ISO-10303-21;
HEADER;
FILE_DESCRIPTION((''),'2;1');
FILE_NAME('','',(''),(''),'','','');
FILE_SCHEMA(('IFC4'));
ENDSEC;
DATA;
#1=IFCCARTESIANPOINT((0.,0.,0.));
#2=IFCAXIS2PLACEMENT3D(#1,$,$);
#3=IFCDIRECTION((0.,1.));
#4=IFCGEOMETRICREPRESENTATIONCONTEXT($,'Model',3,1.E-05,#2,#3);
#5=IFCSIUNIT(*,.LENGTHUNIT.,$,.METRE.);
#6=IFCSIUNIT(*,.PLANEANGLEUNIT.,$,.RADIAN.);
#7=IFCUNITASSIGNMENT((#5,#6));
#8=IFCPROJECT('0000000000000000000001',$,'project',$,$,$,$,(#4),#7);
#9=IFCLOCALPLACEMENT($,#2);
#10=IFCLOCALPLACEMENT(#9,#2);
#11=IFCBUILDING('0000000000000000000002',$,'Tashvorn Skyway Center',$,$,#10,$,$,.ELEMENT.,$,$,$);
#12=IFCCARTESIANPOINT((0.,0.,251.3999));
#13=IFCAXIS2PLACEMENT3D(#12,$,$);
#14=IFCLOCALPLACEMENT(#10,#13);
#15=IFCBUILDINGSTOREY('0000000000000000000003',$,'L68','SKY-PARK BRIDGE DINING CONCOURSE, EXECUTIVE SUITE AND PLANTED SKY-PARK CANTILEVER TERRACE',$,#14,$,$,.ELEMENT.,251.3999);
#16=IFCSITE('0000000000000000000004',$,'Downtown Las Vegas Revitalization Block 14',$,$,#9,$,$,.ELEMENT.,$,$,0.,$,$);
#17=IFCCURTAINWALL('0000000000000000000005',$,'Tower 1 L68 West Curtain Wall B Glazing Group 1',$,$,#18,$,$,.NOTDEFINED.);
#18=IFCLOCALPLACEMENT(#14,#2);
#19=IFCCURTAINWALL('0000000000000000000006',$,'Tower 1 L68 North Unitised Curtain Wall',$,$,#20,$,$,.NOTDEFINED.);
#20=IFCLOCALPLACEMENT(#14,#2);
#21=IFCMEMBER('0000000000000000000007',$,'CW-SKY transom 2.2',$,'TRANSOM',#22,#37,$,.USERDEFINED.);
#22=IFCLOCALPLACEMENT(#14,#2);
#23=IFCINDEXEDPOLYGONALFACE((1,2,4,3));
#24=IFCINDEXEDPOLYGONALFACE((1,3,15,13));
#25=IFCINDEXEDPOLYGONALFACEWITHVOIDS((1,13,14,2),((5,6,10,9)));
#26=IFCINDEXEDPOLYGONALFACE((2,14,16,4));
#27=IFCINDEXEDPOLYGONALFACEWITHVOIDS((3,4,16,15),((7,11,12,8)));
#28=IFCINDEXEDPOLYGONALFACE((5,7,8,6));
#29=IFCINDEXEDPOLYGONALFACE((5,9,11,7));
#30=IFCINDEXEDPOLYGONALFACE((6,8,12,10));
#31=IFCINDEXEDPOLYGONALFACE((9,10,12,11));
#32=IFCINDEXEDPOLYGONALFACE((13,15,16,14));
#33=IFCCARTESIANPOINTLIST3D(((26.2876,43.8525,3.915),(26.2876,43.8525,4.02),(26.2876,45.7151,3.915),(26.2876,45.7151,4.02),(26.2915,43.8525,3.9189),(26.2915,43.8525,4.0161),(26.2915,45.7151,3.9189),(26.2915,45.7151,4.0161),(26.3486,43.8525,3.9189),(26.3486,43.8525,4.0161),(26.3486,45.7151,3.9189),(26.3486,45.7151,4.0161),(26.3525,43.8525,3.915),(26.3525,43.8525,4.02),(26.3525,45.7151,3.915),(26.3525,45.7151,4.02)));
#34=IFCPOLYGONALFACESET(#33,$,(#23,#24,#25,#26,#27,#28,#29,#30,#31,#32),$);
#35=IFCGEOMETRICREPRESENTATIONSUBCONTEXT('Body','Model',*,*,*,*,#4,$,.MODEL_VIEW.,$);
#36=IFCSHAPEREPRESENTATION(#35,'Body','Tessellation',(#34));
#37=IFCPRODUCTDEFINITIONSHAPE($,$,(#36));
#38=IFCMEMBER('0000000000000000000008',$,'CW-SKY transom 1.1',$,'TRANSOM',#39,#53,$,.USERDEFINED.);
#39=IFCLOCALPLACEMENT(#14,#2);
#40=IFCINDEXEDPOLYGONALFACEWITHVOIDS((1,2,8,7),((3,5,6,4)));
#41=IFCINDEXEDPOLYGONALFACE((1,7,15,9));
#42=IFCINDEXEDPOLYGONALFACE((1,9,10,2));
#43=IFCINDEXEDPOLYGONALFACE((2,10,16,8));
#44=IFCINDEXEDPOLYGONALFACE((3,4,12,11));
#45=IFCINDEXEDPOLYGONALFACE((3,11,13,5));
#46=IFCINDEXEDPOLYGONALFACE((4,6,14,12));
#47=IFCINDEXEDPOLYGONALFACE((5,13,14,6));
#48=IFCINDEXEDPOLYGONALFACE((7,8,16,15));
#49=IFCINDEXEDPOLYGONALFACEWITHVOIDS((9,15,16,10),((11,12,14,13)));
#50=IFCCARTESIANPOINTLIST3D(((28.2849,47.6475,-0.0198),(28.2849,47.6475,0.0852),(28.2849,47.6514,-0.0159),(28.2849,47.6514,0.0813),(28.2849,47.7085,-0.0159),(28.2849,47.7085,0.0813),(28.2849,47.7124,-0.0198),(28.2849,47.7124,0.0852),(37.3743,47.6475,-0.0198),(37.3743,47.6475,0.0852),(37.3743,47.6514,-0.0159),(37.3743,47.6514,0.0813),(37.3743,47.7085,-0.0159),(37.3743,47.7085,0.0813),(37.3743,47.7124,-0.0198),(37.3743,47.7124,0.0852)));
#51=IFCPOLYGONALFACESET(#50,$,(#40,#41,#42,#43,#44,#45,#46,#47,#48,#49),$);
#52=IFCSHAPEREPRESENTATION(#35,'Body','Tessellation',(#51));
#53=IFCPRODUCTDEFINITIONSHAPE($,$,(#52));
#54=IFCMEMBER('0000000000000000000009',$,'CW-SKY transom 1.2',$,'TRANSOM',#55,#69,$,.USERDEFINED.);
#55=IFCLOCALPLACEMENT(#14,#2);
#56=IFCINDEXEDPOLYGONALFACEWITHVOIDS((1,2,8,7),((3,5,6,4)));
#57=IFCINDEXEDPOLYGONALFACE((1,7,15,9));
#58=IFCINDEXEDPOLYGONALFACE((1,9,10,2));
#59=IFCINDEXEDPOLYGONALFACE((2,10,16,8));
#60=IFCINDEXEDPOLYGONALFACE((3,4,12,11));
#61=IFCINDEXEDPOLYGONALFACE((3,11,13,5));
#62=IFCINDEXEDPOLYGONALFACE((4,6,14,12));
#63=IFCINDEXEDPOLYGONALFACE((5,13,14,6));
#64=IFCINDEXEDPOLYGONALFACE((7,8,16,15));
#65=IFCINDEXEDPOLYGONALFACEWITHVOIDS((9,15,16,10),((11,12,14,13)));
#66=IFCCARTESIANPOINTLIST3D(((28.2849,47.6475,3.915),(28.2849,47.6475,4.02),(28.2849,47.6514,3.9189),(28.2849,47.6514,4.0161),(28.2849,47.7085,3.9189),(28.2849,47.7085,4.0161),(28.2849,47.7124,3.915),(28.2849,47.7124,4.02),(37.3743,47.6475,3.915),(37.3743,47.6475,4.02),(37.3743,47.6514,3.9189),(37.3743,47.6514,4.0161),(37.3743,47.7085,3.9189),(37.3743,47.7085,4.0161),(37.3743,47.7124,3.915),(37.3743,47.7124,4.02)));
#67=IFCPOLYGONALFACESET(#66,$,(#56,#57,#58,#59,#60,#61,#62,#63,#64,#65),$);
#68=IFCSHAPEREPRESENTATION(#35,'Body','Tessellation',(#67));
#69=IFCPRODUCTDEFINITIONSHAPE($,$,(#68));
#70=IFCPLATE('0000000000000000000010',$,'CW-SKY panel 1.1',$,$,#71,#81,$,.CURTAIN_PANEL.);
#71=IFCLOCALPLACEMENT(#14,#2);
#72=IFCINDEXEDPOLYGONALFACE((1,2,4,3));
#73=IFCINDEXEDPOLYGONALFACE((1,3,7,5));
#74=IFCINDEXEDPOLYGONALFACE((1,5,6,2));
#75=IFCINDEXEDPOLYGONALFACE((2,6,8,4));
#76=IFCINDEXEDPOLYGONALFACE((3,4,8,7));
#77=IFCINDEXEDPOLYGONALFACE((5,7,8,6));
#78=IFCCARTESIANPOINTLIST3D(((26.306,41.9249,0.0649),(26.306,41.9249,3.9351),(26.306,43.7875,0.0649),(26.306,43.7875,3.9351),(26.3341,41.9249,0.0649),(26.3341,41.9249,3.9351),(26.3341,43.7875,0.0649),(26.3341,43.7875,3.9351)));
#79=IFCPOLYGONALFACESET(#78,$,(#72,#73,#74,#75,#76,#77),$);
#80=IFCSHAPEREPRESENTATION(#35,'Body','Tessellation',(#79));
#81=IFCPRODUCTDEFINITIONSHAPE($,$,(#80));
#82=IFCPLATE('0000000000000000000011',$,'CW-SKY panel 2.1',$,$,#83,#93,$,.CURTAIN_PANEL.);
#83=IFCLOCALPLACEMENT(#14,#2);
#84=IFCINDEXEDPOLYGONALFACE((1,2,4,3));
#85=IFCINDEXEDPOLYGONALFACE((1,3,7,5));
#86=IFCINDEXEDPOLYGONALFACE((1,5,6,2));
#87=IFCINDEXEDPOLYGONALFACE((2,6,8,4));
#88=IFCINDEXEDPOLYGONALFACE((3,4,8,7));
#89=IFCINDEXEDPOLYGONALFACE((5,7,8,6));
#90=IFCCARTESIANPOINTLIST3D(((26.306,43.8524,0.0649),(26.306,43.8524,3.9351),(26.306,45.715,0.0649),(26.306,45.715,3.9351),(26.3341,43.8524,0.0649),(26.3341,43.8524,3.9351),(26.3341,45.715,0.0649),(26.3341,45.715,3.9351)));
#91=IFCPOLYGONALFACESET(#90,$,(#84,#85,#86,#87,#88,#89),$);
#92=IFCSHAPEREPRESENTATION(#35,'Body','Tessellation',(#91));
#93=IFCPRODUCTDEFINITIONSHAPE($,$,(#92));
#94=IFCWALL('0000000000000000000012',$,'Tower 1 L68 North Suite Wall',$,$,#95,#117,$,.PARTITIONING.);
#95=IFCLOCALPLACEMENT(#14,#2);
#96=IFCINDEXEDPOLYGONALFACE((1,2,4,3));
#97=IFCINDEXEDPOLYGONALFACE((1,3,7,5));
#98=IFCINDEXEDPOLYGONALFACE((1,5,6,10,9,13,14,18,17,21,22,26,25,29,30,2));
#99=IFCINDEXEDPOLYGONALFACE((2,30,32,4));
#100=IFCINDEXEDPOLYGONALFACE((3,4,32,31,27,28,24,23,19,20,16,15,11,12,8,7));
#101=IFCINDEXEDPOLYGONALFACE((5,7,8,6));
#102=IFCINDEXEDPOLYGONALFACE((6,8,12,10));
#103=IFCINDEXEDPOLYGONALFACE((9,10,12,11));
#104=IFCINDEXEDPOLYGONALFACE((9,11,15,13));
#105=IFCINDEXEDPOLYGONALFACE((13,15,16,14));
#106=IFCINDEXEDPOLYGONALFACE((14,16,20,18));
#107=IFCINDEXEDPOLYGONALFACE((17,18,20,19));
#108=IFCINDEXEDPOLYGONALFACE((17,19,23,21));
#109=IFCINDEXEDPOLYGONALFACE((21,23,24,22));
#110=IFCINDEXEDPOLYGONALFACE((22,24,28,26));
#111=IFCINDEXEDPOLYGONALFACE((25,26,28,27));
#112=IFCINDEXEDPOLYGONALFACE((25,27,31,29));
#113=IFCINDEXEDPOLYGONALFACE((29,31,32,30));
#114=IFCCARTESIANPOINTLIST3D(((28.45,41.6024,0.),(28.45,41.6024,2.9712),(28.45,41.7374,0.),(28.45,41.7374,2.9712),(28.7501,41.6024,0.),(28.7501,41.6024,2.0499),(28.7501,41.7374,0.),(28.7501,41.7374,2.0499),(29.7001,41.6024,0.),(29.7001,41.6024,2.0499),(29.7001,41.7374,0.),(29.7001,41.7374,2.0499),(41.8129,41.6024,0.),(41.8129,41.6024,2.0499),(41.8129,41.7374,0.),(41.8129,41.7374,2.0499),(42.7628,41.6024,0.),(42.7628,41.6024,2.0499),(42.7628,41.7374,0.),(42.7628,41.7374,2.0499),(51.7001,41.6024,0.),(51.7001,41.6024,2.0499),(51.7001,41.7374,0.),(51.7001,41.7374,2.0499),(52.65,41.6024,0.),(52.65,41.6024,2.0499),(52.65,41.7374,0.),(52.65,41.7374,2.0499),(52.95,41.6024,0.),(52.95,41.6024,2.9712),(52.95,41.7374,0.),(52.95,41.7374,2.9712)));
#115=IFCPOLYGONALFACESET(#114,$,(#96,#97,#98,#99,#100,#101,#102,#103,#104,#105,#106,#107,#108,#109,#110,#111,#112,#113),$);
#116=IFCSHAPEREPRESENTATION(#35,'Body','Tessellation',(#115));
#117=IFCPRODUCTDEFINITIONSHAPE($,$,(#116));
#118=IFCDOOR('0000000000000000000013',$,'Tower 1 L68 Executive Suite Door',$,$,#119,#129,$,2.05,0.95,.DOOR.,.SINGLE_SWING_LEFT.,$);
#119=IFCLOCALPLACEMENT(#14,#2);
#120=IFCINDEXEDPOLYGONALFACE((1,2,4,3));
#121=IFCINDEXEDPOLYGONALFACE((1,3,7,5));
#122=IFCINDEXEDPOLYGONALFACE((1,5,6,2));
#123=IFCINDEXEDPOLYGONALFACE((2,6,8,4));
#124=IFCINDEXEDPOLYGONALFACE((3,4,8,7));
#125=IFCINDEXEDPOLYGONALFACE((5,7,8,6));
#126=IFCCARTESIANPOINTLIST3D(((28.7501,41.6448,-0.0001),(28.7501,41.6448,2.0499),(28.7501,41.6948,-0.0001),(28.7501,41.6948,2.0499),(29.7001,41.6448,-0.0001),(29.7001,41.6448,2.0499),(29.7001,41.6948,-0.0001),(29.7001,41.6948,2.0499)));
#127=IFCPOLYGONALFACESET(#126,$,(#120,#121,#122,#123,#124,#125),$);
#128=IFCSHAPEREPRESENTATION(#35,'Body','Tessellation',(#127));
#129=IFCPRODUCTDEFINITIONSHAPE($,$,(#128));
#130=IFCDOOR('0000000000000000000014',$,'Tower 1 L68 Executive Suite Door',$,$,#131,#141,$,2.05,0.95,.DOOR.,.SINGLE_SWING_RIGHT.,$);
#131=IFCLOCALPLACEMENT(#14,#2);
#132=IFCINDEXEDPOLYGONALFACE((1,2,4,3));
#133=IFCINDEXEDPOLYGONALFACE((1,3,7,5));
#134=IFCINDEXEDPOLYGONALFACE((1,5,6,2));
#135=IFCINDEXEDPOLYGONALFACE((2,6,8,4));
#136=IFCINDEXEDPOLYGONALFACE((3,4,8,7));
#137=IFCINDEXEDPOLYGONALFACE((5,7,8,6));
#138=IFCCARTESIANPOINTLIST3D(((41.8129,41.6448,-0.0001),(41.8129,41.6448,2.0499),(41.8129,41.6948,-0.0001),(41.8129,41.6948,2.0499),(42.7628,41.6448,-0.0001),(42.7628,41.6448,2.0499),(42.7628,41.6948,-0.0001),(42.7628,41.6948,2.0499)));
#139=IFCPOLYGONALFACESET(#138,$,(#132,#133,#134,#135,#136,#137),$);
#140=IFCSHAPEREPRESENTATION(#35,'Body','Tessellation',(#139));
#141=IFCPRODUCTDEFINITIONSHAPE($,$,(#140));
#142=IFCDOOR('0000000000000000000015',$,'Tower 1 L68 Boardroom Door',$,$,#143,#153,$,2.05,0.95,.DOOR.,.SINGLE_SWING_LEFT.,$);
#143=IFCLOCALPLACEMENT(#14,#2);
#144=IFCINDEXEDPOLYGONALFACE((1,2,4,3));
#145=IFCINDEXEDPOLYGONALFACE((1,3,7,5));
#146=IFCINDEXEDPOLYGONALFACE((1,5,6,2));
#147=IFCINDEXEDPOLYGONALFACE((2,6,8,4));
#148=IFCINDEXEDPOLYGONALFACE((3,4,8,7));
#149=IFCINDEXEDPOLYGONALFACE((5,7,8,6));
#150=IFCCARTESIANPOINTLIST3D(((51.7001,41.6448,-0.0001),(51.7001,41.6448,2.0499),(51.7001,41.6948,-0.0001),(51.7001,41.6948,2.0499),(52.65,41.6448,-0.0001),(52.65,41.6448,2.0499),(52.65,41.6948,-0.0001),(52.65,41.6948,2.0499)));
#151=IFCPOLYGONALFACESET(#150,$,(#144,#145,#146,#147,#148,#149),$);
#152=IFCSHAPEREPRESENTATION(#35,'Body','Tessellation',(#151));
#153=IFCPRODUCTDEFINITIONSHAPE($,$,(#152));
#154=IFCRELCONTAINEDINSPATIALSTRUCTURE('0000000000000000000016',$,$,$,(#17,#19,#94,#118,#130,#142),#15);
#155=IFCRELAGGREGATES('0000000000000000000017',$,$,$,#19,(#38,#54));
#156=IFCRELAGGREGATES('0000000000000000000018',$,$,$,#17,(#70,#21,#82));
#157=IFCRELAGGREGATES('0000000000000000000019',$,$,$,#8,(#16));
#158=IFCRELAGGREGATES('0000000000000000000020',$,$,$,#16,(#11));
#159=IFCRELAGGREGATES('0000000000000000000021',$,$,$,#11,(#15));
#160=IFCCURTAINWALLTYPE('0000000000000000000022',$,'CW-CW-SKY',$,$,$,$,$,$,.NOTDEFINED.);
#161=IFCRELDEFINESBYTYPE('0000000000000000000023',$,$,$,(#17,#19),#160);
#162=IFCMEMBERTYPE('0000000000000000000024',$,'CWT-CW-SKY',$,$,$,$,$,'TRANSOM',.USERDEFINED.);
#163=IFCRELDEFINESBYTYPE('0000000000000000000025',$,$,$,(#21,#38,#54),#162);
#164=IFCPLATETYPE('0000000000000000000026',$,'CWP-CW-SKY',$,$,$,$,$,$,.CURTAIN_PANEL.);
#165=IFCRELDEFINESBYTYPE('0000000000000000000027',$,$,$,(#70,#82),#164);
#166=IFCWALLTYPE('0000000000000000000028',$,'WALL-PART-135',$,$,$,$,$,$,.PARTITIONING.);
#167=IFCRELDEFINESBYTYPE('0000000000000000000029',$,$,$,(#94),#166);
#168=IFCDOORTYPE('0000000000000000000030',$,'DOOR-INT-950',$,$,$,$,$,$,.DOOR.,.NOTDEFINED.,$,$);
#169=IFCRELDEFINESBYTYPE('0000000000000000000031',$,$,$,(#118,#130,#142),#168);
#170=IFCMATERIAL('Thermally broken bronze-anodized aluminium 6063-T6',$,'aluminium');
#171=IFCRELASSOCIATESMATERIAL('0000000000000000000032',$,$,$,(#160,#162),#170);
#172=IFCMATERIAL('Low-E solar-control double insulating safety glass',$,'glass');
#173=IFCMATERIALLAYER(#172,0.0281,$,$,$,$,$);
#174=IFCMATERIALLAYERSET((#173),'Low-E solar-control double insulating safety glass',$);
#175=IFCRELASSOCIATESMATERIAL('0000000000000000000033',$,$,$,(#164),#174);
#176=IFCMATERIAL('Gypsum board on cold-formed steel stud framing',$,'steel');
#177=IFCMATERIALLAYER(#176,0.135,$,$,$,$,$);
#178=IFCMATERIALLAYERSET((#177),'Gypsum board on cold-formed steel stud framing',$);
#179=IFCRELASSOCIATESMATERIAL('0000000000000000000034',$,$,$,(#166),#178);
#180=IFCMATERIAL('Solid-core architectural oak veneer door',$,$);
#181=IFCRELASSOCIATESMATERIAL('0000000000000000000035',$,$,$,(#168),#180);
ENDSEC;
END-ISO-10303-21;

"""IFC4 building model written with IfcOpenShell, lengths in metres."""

from ifc_helpers import new_model, si_unit, direction, frame, frame_2d, origin, origin_2d, place, context, subcontext, project, spatial, rectangle, hollow_rectangle, extrude, material, layer, layer_set, material_profile, profile_set, type_object, element, fill, aggregate, save


model = new_model("IFC4")

# Units and contexts
model_context = context("Model", 3, precision=1e-05, world=origin(), true_north=direction((0.0, 1.0)))
body_context = subcontext(model_context, "Body", "Model", "MODEL_VIEW")
ifc_project = project(units=[si_unit("LENGTHUNIT", "METRE"), si_unit("PLANEANGLEUNIT", "RADIAN")], contexts=[model_context])

# Site, building, storey
site_placement = place(None, origin())
site = spatial("IfcSite", under=ifc_project, at=site_placement, Name="Downtown Las Vegas Revitalization Block 14", CompositionType="ELEMENT", RefElevation=0.0)
building_placement = place(site_placement, origin())
building = spatial("IfcBuilding", under=site, at=building_placement, Name="Tashvorn Skyway Center", CompositionType="ELEMENT")
storey_placement = place(building_placement, frame((0.0, 0.0, 251.3999)))
storey = spatial("IfcBuildingStorey", under=building, at=storey_placement, Name="L68", Description="SKY-PARK BRIDGE DINING CONCOURSE, EXECUTIVE SUITE AND PLANTED SKY-PARK CANTILEVER TERRACE", CompositionType="ELEMENT", Elevation=251.3999)

# Curtain wall
ifc_material_1 = material(Name="Thermally broken bronze-anodized aluminium 6063-T6", Category="aluminium")
curtain_wall_type = type_object("IfcCurtainWallType", Name="CW-CW-SKY", PredefinedType="NOTDEFINED", material=ifc_material_1)
curtain_wall_1_placement = place(storey_placement, origin())
curtain_wall_1 = element("IfcCurtainWall", 1, at=curtain_wall_1_placement, inside=storey, type_object=curtain_wall_type, Name="Tower 1 L68 West Curtain Wall B Glazing Group 1", PredefinedType="NOTDEFINED")

# Curtain wall
curtain_wall_2_placement = place(storey_placement, origin())
curtain_wall_2 = element("IfcCurtainWall", 2, at=curtain_wall_2_placement, inside=storey, type_object=curtain_wall_type, Name="Tower 1 L68 North Unitised Curtain Wall", PredefinedType="NOTDEFINED")

# Members
ifc_material_profile_1 = material_profile(ifc_material_1, hollow_rectangle(XDim=0.0649, YDim=0.105, WallThickness=0.0039, at=origin_2d()), Name="ALU-TRAN-65x105")
ifc_profile_set_1 = profile_set([ifc_material_profile_1], Name="Thermally broken bronze-anodized aluminium 6063-T6")
member_type_1 = type_object("IfcMemberType", Name="CWT-CW-SKY", ElementType="TRANSOM", PredefinedType="USERDEFINED", material=ifc_profile_set_1)
member_1_placement = place(storey_placement, frame((26.3201, 43.8525, 3.9675), z_axis=(0.0, 1.0, 0.0), x_axis=(-1.0, 0.0, 0.0)))
member_1 = element("IfcMember", 3, at=member_1_placement, type_object=member_type_1, Name="CW-SKY transom 2.2", ObjectType="TRANSOM", PredefinedType="USERDEFINED", context=body_context, shape_type="SweptSolid", body=[
    extrude(hollow_rectangle(XDim=0.0649, YDim=0.105, WallThickness=0.0039, at=origin_2d()), origin(), (0.0, 0.0, 1.0), 1.8625),
])
member_2_placement = place(storey_placement, frame((28.2849, 47.6799, 0.0327), z_axis=(1.0, 0.0, 0.0), x_axis=(0.0, 1.0, 0.0)))
member_2 = element("IfcMember", 4, at=member_2_placement, type_object=member_type_1, Name="CW-SKY transom 1.1", ObjectType="TRANSOM", PredefinedType="USERDEFINED", context=body_context, shape_type="SweptSolid", body=[
    extrude(hollow_rectangle(XDim=0.0649, YDim=0.105, WallThickness=0.0039, at=origin_2d()), origin(), (0.0, 0.0, 1.0), 9.0894),
])
member_3_placement = place(storey_placement, frame((28.2849, 47.6799, 3.9675), z_axis=(1.0, 0.0, 0.0), x_axis=(0.0, 1.0, 0.0)))
member_3 = element("IfcMember", 5, at=member_3_placement, type_object=member_type_1, Name="CW-SKY transom 1.2", ObjectType="TRANSOM", PredefinedType="USERDEFINED", context=body_context, shape_type="SweptSolid", body=[
    extrude(hollow_rectangle(XDim=0.0649, YDim=0.105, WallThickness=0.0039, at=origin_2d()), origin(), (0.0, 0.0, 1.0), 9.0894),
])
aggregate(curtain_wall_2, [member_2, member_3])

# Plates
ifc_material_2 = material(Name="Low-E solar-control double insulating safety glass", Category="glass")
ifc_layer_1 = layer(ifc_material_2, 0.0281)
ifc_layer_set_1 = layer_set([ifc_layer_1], Name="Low-E solar-control double insulating safety glass")
plate_type = type_object("IfcPlateType", Name="CWP-CW-SKY", PredefinedType="CURTAIN_PANEL", material=ifc_layer_set_1)
plate_1_placement = place(storey_placement, frame((26.3201, 42.8562, 0.0649), z_axis=(0.0, 0.0, 1.0), x_axis=(0.0, 1.0, 0.0)))
plate_1 = element("IfcPlate", 6, at=plate_1_placement, type_object=plate_type, Name="CW-SKY panel 1.1", PredefinedType="CURTAIN_PANEL", context=body_context, shape_type="SweptSolid", body=[
    extrude(rectangle(XDim=1.8625, YDim=0.0281, at=origin_2d()), origin(), (0.0, 0.0, 1.0), 3.8701),
])
plate_2_placement = place(storey_placement, frame((26.3201, 44.7837, 0.0649), z_axis=(0.0, 0.0, 1.0), x_axis=(0.0, 1.0, 0.0)))
plate_2 = element("IfcPlate", 7, at=plate_2_placement, type_object=plate_type, Name="CW-SKY panel 2.1", PredefinedType="CURTAIN_PANEL", context=body_context, shape_type="SweptSolid", body=[
    extrude(rectangle(XDim=1.8625, YDim=0.0281, at=origin_2d()), origin(), (0.0, 0.0, 1.0), 3.8701),
])
aggregate(curtain_wall_1, [plate_1, member_1, plate_2])

# Wall, openings, doors
ifc_material_3 = material(Name="Gypsum board on cold-formed steel stud framing", Category="steel")
ifc_layer_2 = layer(ifc_material_3, 0.135)
ifc_layer_set_2 = layer_set([ifc_layer_2], Name="Gypsum board on cold-formed steel stud framing")
wall_type = type_object("IfcWallType", Name="WALL-PART-135", PredefinedType="PARTITIONING", material=ifc_layer_set_2)
wall_1_placement = place(storey_placement, frame((28.45, 41.6699, 0.0), z_axis=(0.0, 0.0, 1.0), x_axis=(1.0, 0.0, 0.0)))
wall_1 = element("IfcWall", 8, at=wall_1_placement, inside=storey, type_object=wall_type, Name="Tower 1 L68 North Suite Wall", PredefinedType="PARTITIONING", context=body_context, shape_type="SweptSolid", body=[
    extrude(rectangle(XDim=24.5, YDim=0.135, at=frame_2d((12.25, 0.0))), origin(), (0.0, 0.0, 1.0), 2.9712),
])
opening_1_placement = place(wall_1_placement, frame((0.3, 0.0, 0.0)))
opening_1 = element("IfcOpeningElement", 9, at=opening_1_placement, cuts=wall_1, PredefinedType="OPENING", context=body_context, shape_type="SweptSolid", body=[
    extrude(rectangle(XDim=0.95, YDim=2.05, at=frame_2d((0.4751, 1.0249))), frame((0.0, 0.0774, 0.0), z_axis=(0.0, -1.0, 0.0), x_axis=(1.0, 0.0, 0.0)), (0.0, 0.0, 1.0), 0.155),
])
opening_2_placement = place(wall_1_placement, frame((13.3628, 0.0, 0.0)))
opening_2 = element("IfcOpeningElement", 10, at=opening_2_placement, cuts=wall_1, PredefinedType="OPENING", context=body_context, shape_type="SweptSolid", body=[
    extrude(rectangle(XDim=0.95, YDim=2.05, at=frame_2d((0.4751, 1.0249))), frame((0.0, 0.0774, 0.0), z_axis=(0.0, -1.0, 0.0), x_axis=(1.0, 0.0, 0.0)), (0.0, 0.0, 1.0), 0.155),
])
opening_3_placement = place(wall_1_placement, frame((23.25, 0.0, 0.0)))
opening_3 = element("IfcOpeningElement", 11, at=opening_3_placement, cuts=wall_1, PredefinedType="OPENING", context=body_context, shape_type="SweptSolid", body=[
    extrude(rectangle(XDim=0.95, YDim=2.05, at=frame_2d((0.4751, 1.0249))), frame((0.0, 0.0774, 0.0), z_axis=(0.0, -1.0, 0.0), x_axis=(1.0, 0.0, 0.0)), (0.0, 0.0, 1.0), 0.155),
])
ifc_material_4 = material(Name="Solid-core architectural oak veneer door")
door_type = type_object("IfcDoorType", Name="DOOR-INT-950", OperationType="NOTDEFINED", PredefinedType="DOOR", material=ifc_material_4)
door_1_placement = place(opening_1_placement, origin())
door_1 = element("IfcDoor", 12, at=door_1_placement, inside=storey, type_object=door_type, Name="Tower 1 L68 Executive Suite Door", OperationType="SINGLE_SWING_LEFT", OverallHeight=2.05, OverallWidth=0.95, PredefinedType="DOOR", context=body_context, shape_type="SweptSolid", body=[
    extrude(rectangle(XDim=0.95, YDim=2.05, at=frame_2d((0.4751, 1.0249))), frame((0.0, 0.0249, 0.0), z_axis=(0.0, -1.0, 0.0), x_axis=(1.0, 0.0, 0.0)), (0.0, 0.0, 1.0), 0.05),
])
fill(opening_1, door_1)
door_2_placement = place(opening_2_placement, origin())
door_2 = element("IfcDoor", 13, at=door_2_placement, inside=storey, type_object=door_type, Name="Tower 1 L68 Executive Suite Door", OperationType="SINGLE_SWING_RIGHT", OverallHeight=2.05, OverallWidth=0.95, PredefinedType="DOOR", context=body_context, shape_type="SweptSolid", body=[
    extrude(rectangle(XDim=0.95, YDim=2.05, at=frame_2d((0.4751, 1.0249))), frame((0.0, 0.0249, 0.0), z_axis=(0.0, -1.0, 0.0), x_axis=(1.0, 0.0, 0.0)), (0.0, 0.0, 1.0), 0.05),
])
fill(opening_2, door_2)
door_3_placement = place(opening_3_placement, origin())
door_3 = element("IfcDoor", 14, at=door_3_placement, inside=storey, type_object=door_type, Name="Tower 1 L68 Boardroom Door", OperationType="SINGLE_SWING_LEFT", OverallHeight=2.05, OverallWidth=0.95, PredefinedType="DOOR", context=body_context, shape_type="SweptSolid", body=[
    extrude(rectangle(XDim=0.95, YDim=2.05, at=frame_2d((0.4751, 1.0249))), frame((0.0, 0.0249, 0.0), z_axis=(0.0, -1.0, 0.0), x_axis=(1.0, 0.0, 0.0)), (0.0, 0.0, 1.0), 0.05),
])
fill(opening_3, door_3)

save(model, "model.ifc")
